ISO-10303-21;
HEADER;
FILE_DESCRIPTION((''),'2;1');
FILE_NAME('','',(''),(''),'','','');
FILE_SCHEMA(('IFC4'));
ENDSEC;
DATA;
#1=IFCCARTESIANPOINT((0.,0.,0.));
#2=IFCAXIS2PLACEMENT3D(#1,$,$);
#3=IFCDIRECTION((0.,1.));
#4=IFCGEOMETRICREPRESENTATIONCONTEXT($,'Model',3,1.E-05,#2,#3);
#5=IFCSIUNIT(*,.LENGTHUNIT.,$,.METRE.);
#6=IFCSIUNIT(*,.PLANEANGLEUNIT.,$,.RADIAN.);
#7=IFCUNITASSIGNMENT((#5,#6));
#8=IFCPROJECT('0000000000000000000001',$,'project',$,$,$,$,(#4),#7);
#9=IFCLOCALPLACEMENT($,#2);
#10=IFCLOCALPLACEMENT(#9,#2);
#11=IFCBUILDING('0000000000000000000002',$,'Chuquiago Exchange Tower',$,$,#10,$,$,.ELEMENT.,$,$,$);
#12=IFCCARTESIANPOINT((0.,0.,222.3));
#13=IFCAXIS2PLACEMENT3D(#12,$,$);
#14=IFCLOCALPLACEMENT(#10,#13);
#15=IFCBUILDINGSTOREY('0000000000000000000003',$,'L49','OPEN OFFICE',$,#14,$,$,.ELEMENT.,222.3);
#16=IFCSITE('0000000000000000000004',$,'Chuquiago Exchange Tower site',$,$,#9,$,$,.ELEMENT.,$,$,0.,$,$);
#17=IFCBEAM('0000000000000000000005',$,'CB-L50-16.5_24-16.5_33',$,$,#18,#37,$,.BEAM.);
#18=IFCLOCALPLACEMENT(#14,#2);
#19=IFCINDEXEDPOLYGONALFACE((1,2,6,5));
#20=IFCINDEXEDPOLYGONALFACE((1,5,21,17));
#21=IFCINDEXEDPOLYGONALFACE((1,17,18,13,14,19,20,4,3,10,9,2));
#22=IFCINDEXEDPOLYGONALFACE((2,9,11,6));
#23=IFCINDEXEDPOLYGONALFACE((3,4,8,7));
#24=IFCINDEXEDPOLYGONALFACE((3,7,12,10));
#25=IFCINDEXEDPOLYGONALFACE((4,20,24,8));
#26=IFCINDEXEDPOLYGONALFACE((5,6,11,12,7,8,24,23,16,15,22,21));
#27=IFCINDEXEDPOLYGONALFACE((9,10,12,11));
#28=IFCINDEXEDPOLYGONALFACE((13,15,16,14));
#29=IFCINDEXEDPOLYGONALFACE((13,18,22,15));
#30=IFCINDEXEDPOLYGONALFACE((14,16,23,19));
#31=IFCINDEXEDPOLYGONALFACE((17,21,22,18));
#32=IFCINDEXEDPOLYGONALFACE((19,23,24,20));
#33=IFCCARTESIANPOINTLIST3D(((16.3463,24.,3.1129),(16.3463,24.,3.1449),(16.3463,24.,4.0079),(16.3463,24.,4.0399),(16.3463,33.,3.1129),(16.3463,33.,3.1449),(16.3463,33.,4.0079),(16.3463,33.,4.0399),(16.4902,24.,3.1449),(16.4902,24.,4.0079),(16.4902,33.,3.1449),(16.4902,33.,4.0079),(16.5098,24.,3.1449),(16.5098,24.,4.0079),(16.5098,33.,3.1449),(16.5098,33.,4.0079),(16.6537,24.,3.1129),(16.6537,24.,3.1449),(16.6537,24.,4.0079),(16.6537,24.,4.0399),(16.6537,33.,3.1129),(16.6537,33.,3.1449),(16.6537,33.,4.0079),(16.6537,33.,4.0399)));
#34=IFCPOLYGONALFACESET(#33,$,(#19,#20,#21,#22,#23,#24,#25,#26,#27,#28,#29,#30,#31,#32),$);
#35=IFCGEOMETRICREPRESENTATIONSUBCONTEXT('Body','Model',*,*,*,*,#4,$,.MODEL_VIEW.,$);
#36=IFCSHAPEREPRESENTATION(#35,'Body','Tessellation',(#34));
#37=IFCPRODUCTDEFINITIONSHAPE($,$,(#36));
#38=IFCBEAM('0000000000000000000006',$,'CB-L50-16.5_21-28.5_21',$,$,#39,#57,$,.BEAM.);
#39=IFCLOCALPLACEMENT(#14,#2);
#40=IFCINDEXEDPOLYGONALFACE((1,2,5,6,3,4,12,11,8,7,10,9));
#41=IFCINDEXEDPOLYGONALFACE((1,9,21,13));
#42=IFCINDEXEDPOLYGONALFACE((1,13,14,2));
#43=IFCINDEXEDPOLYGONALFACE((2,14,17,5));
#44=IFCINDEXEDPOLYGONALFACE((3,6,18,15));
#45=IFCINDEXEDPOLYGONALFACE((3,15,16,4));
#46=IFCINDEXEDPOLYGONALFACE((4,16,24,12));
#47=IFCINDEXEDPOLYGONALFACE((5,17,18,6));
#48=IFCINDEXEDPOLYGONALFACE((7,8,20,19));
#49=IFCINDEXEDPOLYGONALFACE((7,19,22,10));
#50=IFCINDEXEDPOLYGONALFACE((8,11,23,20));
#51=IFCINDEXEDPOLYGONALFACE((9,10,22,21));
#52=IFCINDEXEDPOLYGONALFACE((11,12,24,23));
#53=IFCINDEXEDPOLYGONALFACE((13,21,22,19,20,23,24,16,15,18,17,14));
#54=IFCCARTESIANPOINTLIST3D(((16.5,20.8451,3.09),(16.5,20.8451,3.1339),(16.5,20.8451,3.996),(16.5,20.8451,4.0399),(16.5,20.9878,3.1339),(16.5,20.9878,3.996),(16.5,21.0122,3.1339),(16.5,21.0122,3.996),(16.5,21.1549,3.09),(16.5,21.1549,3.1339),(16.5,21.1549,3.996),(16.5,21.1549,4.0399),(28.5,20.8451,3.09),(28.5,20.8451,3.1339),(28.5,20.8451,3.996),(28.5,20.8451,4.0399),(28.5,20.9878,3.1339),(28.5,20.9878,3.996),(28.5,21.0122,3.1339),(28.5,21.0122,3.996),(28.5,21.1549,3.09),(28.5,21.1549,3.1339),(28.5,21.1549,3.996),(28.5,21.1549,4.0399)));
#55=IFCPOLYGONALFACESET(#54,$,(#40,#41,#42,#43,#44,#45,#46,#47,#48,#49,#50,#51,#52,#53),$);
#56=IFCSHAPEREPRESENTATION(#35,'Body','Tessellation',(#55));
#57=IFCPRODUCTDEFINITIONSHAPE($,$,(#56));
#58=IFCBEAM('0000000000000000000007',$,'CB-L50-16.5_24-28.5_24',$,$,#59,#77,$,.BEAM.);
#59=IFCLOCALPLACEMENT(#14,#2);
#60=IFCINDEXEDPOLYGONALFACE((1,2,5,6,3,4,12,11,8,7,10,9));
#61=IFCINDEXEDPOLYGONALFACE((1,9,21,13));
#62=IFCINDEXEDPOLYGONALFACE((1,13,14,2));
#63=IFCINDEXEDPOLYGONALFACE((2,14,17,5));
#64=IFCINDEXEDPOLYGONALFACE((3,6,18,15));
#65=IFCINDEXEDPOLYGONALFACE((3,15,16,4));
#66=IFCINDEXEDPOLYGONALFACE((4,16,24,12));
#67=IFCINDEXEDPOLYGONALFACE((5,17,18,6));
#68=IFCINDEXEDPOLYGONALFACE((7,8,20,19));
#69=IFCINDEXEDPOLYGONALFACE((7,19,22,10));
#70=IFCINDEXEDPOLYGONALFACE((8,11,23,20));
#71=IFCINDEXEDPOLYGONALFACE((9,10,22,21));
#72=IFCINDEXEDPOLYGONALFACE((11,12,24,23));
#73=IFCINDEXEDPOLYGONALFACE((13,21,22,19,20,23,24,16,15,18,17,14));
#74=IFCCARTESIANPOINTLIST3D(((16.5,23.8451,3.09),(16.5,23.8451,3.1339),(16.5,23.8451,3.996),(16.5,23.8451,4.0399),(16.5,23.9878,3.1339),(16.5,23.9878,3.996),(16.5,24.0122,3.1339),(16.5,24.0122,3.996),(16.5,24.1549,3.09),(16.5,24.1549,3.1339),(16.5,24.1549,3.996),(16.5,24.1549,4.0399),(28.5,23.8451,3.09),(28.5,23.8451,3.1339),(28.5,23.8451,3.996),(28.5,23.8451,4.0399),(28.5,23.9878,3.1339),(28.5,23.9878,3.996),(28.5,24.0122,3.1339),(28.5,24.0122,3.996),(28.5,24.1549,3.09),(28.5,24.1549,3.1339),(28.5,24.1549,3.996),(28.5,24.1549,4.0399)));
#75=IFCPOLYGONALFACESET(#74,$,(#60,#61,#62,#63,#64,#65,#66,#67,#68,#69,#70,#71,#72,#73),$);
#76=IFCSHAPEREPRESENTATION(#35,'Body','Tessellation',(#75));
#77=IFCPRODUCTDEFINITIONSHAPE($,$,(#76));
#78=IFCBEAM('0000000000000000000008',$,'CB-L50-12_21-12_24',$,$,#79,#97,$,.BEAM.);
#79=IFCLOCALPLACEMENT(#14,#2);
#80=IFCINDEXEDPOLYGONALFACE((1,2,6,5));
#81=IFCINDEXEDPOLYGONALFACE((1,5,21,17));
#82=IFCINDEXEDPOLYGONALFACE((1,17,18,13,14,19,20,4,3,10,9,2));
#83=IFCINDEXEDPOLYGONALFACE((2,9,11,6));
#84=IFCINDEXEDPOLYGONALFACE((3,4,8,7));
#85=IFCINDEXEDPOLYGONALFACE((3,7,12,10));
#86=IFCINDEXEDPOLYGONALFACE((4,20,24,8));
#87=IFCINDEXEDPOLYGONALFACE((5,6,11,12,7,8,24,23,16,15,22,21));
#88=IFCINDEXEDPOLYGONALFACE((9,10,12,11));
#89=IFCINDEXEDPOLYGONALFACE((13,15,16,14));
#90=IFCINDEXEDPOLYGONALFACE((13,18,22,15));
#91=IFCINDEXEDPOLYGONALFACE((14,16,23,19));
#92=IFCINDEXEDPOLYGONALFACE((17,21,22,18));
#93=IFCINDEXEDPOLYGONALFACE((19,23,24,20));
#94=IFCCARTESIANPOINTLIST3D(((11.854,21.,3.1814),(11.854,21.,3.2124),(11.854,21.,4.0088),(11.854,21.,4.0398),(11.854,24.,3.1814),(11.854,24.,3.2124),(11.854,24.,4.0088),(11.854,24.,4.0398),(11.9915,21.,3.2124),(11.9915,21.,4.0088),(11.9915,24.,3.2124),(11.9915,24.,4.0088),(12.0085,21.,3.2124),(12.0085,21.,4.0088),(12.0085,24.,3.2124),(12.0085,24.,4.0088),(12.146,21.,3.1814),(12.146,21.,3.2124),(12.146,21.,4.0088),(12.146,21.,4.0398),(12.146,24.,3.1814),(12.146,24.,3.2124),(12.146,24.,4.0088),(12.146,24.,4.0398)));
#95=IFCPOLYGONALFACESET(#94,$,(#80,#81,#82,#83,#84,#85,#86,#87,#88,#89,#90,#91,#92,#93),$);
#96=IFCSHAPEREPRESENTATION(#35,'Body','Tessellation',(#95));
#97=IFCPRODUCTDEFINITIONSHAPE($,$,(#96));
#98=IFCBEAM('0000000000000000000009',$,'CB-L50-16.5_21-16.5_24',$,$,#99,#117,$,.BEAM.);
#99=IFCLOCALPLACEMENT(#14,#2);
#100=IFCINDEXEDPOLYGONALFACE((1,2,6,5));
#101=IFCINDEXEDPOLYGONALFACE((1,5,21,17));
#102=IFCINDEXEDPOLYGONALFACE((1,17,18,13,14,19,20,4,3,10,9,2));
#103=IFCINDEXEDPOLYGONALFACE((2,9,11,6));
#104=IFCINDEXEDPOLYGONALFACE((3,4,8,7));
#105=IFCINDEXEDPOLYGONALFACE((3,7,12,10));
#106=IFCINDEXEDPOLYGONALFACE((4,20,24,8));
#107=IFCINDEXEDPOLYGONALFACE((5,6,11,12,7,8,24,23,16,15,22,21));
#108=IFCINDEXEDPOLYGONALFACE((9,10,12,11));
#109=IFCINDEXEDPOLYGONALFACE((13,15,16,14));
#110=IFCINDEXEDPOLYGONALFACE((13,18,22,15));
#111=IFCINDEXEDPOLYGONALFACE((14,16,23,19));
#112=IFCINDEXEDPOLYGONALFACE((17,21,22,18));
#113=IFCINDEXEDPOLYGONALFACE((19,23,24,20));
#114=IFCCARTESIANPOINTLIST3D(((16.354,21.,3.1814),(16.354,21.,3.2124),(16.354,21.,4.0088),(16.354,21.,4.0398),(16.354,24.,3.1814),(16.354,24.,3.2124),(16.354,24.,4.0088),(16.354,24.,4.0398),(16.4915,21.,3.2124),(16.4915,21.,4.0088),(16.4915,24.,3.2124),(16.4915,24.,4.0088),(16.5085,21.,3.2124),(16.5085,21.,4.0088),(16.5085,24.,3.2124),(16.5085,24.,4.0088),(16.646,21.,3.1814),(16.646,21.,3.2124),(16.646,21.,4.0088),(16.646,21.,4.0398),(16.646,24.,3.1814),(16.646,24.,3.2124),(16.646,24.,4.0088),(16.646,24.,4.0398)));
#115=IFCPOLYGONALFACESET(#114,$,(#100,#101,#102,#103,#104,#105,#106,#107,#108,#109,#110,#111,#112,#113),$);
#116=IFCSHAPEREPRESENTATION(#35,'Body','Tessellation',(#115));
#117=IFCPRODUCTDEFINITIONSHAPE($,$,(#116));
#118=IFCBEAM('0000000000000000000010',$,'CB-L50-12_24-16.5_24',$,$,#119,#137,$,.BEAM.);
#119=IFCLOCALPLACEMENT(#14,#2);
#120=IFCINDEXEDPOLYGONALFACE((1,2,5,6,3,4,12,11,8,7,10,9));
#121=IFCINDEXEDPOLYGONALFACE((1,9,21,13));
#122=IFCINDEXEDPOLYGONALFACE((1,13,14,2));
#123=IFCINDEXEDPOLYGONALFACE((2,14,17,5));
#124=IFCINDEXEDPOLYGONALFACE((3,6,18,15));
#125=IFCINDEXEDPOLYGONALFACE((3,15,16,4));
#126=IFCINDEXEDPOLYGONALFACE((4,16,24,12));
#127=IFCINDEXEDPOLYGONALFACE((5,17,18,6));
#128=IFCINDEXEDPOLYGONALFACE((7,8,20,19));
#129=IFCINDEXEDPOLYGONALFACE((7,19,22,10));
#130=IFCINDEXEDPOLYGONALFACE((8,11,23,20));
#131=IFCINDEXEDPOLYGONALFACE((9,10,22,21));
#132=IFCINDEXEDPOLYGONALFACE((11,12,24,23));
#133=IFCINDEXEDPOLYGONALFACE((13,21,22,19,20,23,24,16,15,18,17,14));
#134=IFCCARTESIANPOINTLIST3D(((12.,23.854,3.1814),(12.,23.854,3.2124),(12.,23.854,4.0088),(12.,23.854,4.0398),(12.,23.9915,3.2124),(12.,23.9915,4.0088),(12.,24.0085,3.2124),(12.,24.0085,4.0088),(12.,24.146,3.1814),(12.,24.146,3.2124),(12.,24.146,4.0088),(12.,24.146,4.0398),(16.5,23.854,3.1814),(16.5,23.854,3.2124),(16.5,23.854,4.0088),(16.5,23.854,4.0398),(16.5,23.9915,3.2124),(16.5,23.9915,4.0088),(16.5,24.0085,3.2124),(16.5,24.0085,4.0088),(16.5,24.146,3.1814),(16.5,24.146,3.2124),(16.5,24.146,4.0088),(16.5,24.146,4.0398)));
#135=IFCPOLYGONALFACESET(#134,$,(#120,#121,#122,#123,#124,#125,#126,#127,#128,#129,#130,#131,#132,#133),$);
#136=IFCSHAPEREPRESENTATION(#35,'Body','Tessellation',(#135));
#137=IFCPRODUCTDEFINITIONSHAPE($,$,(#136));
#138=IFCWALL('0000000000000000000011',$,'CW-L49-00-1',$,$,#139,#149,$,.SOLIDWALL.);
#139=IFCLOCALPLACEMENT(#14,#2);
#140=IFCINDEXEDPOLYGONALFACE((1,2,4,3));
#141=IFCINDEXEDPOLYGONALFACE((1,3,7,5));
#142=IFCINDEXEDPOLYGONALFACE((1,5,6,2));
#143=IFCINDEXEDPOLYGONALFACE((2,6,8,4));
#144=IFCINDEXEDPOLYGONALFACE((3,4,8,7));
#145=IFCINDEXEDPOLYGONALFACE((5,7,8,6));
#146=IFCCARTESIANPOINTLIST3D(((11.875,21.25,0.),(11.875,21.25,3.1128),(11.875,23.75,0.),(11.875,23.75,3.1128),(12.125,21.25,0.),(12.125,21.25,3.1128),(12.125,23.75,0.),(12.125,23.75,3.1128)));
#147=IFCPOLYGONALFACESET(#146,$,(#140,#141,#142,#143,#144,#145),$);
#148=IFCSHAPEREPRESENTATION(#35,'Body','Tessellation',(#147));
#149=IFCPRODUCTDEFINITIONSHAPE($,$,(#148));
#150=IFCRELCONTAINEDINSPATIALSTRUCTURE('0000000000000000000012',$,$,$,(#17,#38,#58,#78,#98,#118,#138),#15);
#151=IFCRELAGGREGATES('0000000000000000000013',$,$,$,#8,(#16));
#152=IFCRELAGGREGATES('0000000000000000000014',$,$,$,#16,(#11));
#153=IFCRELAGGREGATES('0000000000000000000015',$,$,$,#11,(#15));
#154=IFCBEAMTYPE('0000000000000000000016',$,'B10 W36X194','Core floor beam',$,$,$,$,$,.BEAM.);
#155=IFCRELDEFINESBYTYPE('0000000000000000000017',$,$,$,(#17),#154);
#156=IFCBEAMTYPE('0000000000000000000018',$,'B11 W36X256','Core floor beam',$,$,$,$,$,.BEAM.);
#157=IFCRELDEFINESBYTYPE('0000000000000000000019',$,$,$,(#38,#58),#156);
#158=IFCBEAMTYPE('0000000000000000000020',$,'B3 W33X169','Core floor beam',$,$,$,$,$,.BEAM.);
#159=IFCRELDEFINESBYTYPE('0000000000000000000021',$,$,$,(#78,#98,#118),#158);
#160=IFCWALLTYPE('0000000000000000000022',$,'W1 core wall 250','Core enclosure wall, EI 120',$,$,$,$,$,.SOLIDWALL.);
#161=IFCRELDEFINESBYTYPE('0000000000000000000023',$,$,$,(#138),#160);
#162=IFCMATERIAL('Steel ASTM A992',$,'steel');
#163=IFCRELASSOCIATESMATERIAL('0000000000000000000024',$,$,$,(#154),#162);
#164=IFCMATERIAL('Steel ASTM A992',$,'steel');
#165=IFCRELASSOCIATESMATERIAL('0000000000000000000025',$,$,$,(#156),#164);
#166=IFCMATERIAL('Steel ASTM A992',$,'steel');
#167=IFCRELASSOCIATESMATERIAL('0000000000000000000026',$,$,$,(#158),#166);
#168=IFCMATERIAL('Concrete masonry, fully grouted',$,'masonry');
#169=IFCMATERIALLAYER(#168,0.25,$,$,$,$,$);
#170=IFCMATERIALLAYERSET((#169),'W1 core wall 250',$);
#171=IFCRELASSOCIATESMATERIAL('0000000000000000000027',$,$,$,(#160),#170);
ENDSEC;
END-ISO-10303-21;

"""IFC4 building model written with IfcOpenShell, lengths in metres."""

from ifc_helpers import new_model, si_unit, direction, frame, frame_2d, origin, origin_2d, place, context, subcontext, project, spatial, rectangle, i_section, extrude, material, layer, layer_set, material_profile, profile_set, type_object, element, save


model = new_model("IFC4")

# Units and contexts
model_context = context("Model", 3, precision=1e-05, world=origin(), true_north=direction((0.0, 1.0)))
body_context = subcontext(model_context, "Body", "Model", "MODEL_VIEW")
ifc_project = project(units=[si_unit("LENGTHUNIT", "METRE"), si_unit("PLANEANGLEUNIT", "RADIAN")], contexts=[model_context])

# Site, building, storey
site_placement = place(None, origin())
site = spatial("IfcSite", under=ifc_project, at=site_placement, Name="Chuquiago Exchange Tower site", CompositionType="ELEMENT", RefElevation=0.0)
building_placement = place(site_placement, origin())
building = spatial("IfcBuilding", under=site, at=building_placement, Name="Chuquiago Exchange Tower", CompositionType="ELEMENT")
storey_placement = place(building_placement, frame((0.0, 0.0, 222.3)))
storey = spatial("IfcBuildingStorey", under=building, at=storey_placement, Name="L49", Description="OPEN OFFICE", CompositionType="ELEMENT", Elevation=222.3)

# Beams
ifc_material_1 = material(Name="Steel ASTM A992", Category="steel")
ifc_material_profile_1 = material_profile(ifc_material_1, i_section(OverallWidth=0.3074, OverallDepth=0.927, WebThickness=0.0195, FlangeThickness=0.032, at=origin_2d()), Name="W36X194")
ifc_profile_set_1 = profile_set([ifc_material_profile_1], Name="Steel ASTM A992")
beam_type_1 = type_object("IfcBeamType", Name="B10 W36X194", Description="Core floor beam", PredefinedType="BEAM", material=ifc_profile_set_1)
for number, where, z_axis, x_axis, name in (
    (1, (16.5, 24.0, 3.5764), (0.0, 1.0, 0.0), (-1.0, 0.0, 0.0), "CB-L50-16.5_24-16.5_33"),
):
    element("IfcBeam", number, at=place(storey_placement, frame(where, z_axis=z_axis, x_axis=x_axis)), inside=storey, type_object=beam_type_1, Name=name, PredefinedType="BEAM", context=body_context, shape_type="SweptSolid", body=[
        extrude(i_section(OverallWidth=0.3074, OverallDepth=0.927, WebThickness=0.0195, FlangeThickness=0.032, at=origin_2d()), origin(), (0.0, 0.0, 1.0), 9.0),
    ])
ifc_material_2 = material(Name="Steel ASTM A992", Category="steel")
ifc_material_profile_2 = material_profile(ifc_material_2, i_section(OverallWidth=0.3098, OverallDepth=0.95, WebThickness=0.0244, FlangeThickness=0.0439, at=origin_2d()), Name="W36X256")
ifc_profile_set_2 = profile_set([ifc_material_profile_2], Name="Steel ASTM A992")
beam_type_2 = type_object("IfcBeamType", Name="B11 W36X256", Description="Core floor beam", PredefinedType="BEAM", material=ifc_profile_set_2)
for number, where, z_axis, x_axis, name in (
    (2, (16.5, 21.0, 3.5649), (1.0, 0.0, 0.0), (0.0, 1.0, 0.0), "CB-L50-16.5_21-28.5_21"),
    (3, (16.5, 24.0, 3.5649), (1.0, 0.0, 0.0), (0.0, 1.0, 0.0), "CB-L50-16.5_24-28.5_24"),
):
    element("IfcBeam", number, at=place(storey_placement, frame(where, z_axis=z_axis, x_axis=x_axis)), inside=storey, type_object=beam_type_2, Name=name, PredefinedType="BEAM", context=body_context, shape_type="SweptSolid", body=[
        extrude(i_section(OverallWidth=0.3098, OverallDepth=0.95, WebThickness=0.0244, FlangeThickness=0.0439, at=origin_2d()), origin(), (0.0, 0.0, 1.0), 12.0),
    ])
ifc_material_3 = material(Name="Steel ASTM A992", Category="steel")
ifc_material_profile_3 = material_profile(ifc_material_3, i_section(OverallWidth=0.292, OverallDepth=0.8584, WebThickness=0.0171, FlangeThickness=0.031, at=origin_2d()), Name="W33X169")
ifc_profile_set_3 = profile_set([ifc_material_profile_3], Name="Steel ASTM A992")
beam_type_3 = type_object("IfcBeamType", Name="B3 W33X169", Description="Core floor beam", PredefinedType="BEAM", material=ifc_profile_set_3)
for number, where, z_axis, x_axis, name in (
    (4, (12.0, 21.0, 3.6106), (0.0, 1.0, 0.0), (-1.0, 0.0, 0.0), "CB-L50-12_21-12_24"),
    (5, (16.5, 21.0, 3.6106), (0.0, 1.0, 0.0), (-1.0, 0.0, 0.0), "CB-L50-16.5_21-16.5_24"),
):
    element("IfcBeam", number, at=place(storey_placement, frame(where, z_axis=z_axis, x_axis=x_axis)), inside=storey, type_object=beam_type_3, Name=name, PredefinedType="BEAM", context=body_context, shape_type="SweptSolid", body=[
        extrude(i_section(OverallWidth=0.292, OverallDepth=0.8584, WebThickness=0.0171, FlangeThickness=0.031, at=origin_2d()), origin(), (0.0, 0.0, 1.0), 3.0),
    ])
beam_placement = place(storey_placement, frame((12.0, 24.0, 3.6106), z_axis=(1.0, 0.0, 0.0), x_axis=(0.0, 1.0, 0.0)))
element("IfcBeam", 6, at=beam_placement, inside=storey, type_object=beam_type_3, Name="CB-L50-12_24-16.5_24", PredefinedType="BEAM", context=body_context, shape_type="SweptSolid", body=[
    extrude(i_section(OverallWidth=0.292, OverallDepth=0.8584, WebThickness=0.0171, FlangeThickness=0.031, at=origin_2d()), origin(), (0.0, 0.0, 1.0), 4.5),
])

# Wall
ifc_material_4 = material(Name="Concrete masonry, fully grouted", Category="masonry")
ifc_layer_1 = layer(ifc_material_4, 0.25)
ifc_layer_set_1 = layer_set([ifc_layer_1], Name="W1 core wall 250")
wall_type_1 = type_object("IfcWallType", Name="W1 core wall 250", Description="Core enclosure wall, EI 120", PredefinedType="SOLIDWALL", material=ifc_layer_set_1)
wall_1_placement = place(storey_placement, frame((12.0, 21.25, 0.0), z_axis=(0.0, 0.0, 1.0), x_axis=(0.0, 1.0, 0.0)))
element("IfcWall", 7, at=wall_1_placement, inside=storey, type_object=wall_type_1, Name="CW-L49-00-1", PredefinedType="SOLIDWALL", context=body_context, shape_type="SweptSolid", body=[
    extrude(rectangle(XDim=2.5, YDim=0.25, at=frame_2d((1.25, 0.0))), origin(), (0.0, 0.0, 1.0), 3.1128),
])

save(model, "model.ifc")
